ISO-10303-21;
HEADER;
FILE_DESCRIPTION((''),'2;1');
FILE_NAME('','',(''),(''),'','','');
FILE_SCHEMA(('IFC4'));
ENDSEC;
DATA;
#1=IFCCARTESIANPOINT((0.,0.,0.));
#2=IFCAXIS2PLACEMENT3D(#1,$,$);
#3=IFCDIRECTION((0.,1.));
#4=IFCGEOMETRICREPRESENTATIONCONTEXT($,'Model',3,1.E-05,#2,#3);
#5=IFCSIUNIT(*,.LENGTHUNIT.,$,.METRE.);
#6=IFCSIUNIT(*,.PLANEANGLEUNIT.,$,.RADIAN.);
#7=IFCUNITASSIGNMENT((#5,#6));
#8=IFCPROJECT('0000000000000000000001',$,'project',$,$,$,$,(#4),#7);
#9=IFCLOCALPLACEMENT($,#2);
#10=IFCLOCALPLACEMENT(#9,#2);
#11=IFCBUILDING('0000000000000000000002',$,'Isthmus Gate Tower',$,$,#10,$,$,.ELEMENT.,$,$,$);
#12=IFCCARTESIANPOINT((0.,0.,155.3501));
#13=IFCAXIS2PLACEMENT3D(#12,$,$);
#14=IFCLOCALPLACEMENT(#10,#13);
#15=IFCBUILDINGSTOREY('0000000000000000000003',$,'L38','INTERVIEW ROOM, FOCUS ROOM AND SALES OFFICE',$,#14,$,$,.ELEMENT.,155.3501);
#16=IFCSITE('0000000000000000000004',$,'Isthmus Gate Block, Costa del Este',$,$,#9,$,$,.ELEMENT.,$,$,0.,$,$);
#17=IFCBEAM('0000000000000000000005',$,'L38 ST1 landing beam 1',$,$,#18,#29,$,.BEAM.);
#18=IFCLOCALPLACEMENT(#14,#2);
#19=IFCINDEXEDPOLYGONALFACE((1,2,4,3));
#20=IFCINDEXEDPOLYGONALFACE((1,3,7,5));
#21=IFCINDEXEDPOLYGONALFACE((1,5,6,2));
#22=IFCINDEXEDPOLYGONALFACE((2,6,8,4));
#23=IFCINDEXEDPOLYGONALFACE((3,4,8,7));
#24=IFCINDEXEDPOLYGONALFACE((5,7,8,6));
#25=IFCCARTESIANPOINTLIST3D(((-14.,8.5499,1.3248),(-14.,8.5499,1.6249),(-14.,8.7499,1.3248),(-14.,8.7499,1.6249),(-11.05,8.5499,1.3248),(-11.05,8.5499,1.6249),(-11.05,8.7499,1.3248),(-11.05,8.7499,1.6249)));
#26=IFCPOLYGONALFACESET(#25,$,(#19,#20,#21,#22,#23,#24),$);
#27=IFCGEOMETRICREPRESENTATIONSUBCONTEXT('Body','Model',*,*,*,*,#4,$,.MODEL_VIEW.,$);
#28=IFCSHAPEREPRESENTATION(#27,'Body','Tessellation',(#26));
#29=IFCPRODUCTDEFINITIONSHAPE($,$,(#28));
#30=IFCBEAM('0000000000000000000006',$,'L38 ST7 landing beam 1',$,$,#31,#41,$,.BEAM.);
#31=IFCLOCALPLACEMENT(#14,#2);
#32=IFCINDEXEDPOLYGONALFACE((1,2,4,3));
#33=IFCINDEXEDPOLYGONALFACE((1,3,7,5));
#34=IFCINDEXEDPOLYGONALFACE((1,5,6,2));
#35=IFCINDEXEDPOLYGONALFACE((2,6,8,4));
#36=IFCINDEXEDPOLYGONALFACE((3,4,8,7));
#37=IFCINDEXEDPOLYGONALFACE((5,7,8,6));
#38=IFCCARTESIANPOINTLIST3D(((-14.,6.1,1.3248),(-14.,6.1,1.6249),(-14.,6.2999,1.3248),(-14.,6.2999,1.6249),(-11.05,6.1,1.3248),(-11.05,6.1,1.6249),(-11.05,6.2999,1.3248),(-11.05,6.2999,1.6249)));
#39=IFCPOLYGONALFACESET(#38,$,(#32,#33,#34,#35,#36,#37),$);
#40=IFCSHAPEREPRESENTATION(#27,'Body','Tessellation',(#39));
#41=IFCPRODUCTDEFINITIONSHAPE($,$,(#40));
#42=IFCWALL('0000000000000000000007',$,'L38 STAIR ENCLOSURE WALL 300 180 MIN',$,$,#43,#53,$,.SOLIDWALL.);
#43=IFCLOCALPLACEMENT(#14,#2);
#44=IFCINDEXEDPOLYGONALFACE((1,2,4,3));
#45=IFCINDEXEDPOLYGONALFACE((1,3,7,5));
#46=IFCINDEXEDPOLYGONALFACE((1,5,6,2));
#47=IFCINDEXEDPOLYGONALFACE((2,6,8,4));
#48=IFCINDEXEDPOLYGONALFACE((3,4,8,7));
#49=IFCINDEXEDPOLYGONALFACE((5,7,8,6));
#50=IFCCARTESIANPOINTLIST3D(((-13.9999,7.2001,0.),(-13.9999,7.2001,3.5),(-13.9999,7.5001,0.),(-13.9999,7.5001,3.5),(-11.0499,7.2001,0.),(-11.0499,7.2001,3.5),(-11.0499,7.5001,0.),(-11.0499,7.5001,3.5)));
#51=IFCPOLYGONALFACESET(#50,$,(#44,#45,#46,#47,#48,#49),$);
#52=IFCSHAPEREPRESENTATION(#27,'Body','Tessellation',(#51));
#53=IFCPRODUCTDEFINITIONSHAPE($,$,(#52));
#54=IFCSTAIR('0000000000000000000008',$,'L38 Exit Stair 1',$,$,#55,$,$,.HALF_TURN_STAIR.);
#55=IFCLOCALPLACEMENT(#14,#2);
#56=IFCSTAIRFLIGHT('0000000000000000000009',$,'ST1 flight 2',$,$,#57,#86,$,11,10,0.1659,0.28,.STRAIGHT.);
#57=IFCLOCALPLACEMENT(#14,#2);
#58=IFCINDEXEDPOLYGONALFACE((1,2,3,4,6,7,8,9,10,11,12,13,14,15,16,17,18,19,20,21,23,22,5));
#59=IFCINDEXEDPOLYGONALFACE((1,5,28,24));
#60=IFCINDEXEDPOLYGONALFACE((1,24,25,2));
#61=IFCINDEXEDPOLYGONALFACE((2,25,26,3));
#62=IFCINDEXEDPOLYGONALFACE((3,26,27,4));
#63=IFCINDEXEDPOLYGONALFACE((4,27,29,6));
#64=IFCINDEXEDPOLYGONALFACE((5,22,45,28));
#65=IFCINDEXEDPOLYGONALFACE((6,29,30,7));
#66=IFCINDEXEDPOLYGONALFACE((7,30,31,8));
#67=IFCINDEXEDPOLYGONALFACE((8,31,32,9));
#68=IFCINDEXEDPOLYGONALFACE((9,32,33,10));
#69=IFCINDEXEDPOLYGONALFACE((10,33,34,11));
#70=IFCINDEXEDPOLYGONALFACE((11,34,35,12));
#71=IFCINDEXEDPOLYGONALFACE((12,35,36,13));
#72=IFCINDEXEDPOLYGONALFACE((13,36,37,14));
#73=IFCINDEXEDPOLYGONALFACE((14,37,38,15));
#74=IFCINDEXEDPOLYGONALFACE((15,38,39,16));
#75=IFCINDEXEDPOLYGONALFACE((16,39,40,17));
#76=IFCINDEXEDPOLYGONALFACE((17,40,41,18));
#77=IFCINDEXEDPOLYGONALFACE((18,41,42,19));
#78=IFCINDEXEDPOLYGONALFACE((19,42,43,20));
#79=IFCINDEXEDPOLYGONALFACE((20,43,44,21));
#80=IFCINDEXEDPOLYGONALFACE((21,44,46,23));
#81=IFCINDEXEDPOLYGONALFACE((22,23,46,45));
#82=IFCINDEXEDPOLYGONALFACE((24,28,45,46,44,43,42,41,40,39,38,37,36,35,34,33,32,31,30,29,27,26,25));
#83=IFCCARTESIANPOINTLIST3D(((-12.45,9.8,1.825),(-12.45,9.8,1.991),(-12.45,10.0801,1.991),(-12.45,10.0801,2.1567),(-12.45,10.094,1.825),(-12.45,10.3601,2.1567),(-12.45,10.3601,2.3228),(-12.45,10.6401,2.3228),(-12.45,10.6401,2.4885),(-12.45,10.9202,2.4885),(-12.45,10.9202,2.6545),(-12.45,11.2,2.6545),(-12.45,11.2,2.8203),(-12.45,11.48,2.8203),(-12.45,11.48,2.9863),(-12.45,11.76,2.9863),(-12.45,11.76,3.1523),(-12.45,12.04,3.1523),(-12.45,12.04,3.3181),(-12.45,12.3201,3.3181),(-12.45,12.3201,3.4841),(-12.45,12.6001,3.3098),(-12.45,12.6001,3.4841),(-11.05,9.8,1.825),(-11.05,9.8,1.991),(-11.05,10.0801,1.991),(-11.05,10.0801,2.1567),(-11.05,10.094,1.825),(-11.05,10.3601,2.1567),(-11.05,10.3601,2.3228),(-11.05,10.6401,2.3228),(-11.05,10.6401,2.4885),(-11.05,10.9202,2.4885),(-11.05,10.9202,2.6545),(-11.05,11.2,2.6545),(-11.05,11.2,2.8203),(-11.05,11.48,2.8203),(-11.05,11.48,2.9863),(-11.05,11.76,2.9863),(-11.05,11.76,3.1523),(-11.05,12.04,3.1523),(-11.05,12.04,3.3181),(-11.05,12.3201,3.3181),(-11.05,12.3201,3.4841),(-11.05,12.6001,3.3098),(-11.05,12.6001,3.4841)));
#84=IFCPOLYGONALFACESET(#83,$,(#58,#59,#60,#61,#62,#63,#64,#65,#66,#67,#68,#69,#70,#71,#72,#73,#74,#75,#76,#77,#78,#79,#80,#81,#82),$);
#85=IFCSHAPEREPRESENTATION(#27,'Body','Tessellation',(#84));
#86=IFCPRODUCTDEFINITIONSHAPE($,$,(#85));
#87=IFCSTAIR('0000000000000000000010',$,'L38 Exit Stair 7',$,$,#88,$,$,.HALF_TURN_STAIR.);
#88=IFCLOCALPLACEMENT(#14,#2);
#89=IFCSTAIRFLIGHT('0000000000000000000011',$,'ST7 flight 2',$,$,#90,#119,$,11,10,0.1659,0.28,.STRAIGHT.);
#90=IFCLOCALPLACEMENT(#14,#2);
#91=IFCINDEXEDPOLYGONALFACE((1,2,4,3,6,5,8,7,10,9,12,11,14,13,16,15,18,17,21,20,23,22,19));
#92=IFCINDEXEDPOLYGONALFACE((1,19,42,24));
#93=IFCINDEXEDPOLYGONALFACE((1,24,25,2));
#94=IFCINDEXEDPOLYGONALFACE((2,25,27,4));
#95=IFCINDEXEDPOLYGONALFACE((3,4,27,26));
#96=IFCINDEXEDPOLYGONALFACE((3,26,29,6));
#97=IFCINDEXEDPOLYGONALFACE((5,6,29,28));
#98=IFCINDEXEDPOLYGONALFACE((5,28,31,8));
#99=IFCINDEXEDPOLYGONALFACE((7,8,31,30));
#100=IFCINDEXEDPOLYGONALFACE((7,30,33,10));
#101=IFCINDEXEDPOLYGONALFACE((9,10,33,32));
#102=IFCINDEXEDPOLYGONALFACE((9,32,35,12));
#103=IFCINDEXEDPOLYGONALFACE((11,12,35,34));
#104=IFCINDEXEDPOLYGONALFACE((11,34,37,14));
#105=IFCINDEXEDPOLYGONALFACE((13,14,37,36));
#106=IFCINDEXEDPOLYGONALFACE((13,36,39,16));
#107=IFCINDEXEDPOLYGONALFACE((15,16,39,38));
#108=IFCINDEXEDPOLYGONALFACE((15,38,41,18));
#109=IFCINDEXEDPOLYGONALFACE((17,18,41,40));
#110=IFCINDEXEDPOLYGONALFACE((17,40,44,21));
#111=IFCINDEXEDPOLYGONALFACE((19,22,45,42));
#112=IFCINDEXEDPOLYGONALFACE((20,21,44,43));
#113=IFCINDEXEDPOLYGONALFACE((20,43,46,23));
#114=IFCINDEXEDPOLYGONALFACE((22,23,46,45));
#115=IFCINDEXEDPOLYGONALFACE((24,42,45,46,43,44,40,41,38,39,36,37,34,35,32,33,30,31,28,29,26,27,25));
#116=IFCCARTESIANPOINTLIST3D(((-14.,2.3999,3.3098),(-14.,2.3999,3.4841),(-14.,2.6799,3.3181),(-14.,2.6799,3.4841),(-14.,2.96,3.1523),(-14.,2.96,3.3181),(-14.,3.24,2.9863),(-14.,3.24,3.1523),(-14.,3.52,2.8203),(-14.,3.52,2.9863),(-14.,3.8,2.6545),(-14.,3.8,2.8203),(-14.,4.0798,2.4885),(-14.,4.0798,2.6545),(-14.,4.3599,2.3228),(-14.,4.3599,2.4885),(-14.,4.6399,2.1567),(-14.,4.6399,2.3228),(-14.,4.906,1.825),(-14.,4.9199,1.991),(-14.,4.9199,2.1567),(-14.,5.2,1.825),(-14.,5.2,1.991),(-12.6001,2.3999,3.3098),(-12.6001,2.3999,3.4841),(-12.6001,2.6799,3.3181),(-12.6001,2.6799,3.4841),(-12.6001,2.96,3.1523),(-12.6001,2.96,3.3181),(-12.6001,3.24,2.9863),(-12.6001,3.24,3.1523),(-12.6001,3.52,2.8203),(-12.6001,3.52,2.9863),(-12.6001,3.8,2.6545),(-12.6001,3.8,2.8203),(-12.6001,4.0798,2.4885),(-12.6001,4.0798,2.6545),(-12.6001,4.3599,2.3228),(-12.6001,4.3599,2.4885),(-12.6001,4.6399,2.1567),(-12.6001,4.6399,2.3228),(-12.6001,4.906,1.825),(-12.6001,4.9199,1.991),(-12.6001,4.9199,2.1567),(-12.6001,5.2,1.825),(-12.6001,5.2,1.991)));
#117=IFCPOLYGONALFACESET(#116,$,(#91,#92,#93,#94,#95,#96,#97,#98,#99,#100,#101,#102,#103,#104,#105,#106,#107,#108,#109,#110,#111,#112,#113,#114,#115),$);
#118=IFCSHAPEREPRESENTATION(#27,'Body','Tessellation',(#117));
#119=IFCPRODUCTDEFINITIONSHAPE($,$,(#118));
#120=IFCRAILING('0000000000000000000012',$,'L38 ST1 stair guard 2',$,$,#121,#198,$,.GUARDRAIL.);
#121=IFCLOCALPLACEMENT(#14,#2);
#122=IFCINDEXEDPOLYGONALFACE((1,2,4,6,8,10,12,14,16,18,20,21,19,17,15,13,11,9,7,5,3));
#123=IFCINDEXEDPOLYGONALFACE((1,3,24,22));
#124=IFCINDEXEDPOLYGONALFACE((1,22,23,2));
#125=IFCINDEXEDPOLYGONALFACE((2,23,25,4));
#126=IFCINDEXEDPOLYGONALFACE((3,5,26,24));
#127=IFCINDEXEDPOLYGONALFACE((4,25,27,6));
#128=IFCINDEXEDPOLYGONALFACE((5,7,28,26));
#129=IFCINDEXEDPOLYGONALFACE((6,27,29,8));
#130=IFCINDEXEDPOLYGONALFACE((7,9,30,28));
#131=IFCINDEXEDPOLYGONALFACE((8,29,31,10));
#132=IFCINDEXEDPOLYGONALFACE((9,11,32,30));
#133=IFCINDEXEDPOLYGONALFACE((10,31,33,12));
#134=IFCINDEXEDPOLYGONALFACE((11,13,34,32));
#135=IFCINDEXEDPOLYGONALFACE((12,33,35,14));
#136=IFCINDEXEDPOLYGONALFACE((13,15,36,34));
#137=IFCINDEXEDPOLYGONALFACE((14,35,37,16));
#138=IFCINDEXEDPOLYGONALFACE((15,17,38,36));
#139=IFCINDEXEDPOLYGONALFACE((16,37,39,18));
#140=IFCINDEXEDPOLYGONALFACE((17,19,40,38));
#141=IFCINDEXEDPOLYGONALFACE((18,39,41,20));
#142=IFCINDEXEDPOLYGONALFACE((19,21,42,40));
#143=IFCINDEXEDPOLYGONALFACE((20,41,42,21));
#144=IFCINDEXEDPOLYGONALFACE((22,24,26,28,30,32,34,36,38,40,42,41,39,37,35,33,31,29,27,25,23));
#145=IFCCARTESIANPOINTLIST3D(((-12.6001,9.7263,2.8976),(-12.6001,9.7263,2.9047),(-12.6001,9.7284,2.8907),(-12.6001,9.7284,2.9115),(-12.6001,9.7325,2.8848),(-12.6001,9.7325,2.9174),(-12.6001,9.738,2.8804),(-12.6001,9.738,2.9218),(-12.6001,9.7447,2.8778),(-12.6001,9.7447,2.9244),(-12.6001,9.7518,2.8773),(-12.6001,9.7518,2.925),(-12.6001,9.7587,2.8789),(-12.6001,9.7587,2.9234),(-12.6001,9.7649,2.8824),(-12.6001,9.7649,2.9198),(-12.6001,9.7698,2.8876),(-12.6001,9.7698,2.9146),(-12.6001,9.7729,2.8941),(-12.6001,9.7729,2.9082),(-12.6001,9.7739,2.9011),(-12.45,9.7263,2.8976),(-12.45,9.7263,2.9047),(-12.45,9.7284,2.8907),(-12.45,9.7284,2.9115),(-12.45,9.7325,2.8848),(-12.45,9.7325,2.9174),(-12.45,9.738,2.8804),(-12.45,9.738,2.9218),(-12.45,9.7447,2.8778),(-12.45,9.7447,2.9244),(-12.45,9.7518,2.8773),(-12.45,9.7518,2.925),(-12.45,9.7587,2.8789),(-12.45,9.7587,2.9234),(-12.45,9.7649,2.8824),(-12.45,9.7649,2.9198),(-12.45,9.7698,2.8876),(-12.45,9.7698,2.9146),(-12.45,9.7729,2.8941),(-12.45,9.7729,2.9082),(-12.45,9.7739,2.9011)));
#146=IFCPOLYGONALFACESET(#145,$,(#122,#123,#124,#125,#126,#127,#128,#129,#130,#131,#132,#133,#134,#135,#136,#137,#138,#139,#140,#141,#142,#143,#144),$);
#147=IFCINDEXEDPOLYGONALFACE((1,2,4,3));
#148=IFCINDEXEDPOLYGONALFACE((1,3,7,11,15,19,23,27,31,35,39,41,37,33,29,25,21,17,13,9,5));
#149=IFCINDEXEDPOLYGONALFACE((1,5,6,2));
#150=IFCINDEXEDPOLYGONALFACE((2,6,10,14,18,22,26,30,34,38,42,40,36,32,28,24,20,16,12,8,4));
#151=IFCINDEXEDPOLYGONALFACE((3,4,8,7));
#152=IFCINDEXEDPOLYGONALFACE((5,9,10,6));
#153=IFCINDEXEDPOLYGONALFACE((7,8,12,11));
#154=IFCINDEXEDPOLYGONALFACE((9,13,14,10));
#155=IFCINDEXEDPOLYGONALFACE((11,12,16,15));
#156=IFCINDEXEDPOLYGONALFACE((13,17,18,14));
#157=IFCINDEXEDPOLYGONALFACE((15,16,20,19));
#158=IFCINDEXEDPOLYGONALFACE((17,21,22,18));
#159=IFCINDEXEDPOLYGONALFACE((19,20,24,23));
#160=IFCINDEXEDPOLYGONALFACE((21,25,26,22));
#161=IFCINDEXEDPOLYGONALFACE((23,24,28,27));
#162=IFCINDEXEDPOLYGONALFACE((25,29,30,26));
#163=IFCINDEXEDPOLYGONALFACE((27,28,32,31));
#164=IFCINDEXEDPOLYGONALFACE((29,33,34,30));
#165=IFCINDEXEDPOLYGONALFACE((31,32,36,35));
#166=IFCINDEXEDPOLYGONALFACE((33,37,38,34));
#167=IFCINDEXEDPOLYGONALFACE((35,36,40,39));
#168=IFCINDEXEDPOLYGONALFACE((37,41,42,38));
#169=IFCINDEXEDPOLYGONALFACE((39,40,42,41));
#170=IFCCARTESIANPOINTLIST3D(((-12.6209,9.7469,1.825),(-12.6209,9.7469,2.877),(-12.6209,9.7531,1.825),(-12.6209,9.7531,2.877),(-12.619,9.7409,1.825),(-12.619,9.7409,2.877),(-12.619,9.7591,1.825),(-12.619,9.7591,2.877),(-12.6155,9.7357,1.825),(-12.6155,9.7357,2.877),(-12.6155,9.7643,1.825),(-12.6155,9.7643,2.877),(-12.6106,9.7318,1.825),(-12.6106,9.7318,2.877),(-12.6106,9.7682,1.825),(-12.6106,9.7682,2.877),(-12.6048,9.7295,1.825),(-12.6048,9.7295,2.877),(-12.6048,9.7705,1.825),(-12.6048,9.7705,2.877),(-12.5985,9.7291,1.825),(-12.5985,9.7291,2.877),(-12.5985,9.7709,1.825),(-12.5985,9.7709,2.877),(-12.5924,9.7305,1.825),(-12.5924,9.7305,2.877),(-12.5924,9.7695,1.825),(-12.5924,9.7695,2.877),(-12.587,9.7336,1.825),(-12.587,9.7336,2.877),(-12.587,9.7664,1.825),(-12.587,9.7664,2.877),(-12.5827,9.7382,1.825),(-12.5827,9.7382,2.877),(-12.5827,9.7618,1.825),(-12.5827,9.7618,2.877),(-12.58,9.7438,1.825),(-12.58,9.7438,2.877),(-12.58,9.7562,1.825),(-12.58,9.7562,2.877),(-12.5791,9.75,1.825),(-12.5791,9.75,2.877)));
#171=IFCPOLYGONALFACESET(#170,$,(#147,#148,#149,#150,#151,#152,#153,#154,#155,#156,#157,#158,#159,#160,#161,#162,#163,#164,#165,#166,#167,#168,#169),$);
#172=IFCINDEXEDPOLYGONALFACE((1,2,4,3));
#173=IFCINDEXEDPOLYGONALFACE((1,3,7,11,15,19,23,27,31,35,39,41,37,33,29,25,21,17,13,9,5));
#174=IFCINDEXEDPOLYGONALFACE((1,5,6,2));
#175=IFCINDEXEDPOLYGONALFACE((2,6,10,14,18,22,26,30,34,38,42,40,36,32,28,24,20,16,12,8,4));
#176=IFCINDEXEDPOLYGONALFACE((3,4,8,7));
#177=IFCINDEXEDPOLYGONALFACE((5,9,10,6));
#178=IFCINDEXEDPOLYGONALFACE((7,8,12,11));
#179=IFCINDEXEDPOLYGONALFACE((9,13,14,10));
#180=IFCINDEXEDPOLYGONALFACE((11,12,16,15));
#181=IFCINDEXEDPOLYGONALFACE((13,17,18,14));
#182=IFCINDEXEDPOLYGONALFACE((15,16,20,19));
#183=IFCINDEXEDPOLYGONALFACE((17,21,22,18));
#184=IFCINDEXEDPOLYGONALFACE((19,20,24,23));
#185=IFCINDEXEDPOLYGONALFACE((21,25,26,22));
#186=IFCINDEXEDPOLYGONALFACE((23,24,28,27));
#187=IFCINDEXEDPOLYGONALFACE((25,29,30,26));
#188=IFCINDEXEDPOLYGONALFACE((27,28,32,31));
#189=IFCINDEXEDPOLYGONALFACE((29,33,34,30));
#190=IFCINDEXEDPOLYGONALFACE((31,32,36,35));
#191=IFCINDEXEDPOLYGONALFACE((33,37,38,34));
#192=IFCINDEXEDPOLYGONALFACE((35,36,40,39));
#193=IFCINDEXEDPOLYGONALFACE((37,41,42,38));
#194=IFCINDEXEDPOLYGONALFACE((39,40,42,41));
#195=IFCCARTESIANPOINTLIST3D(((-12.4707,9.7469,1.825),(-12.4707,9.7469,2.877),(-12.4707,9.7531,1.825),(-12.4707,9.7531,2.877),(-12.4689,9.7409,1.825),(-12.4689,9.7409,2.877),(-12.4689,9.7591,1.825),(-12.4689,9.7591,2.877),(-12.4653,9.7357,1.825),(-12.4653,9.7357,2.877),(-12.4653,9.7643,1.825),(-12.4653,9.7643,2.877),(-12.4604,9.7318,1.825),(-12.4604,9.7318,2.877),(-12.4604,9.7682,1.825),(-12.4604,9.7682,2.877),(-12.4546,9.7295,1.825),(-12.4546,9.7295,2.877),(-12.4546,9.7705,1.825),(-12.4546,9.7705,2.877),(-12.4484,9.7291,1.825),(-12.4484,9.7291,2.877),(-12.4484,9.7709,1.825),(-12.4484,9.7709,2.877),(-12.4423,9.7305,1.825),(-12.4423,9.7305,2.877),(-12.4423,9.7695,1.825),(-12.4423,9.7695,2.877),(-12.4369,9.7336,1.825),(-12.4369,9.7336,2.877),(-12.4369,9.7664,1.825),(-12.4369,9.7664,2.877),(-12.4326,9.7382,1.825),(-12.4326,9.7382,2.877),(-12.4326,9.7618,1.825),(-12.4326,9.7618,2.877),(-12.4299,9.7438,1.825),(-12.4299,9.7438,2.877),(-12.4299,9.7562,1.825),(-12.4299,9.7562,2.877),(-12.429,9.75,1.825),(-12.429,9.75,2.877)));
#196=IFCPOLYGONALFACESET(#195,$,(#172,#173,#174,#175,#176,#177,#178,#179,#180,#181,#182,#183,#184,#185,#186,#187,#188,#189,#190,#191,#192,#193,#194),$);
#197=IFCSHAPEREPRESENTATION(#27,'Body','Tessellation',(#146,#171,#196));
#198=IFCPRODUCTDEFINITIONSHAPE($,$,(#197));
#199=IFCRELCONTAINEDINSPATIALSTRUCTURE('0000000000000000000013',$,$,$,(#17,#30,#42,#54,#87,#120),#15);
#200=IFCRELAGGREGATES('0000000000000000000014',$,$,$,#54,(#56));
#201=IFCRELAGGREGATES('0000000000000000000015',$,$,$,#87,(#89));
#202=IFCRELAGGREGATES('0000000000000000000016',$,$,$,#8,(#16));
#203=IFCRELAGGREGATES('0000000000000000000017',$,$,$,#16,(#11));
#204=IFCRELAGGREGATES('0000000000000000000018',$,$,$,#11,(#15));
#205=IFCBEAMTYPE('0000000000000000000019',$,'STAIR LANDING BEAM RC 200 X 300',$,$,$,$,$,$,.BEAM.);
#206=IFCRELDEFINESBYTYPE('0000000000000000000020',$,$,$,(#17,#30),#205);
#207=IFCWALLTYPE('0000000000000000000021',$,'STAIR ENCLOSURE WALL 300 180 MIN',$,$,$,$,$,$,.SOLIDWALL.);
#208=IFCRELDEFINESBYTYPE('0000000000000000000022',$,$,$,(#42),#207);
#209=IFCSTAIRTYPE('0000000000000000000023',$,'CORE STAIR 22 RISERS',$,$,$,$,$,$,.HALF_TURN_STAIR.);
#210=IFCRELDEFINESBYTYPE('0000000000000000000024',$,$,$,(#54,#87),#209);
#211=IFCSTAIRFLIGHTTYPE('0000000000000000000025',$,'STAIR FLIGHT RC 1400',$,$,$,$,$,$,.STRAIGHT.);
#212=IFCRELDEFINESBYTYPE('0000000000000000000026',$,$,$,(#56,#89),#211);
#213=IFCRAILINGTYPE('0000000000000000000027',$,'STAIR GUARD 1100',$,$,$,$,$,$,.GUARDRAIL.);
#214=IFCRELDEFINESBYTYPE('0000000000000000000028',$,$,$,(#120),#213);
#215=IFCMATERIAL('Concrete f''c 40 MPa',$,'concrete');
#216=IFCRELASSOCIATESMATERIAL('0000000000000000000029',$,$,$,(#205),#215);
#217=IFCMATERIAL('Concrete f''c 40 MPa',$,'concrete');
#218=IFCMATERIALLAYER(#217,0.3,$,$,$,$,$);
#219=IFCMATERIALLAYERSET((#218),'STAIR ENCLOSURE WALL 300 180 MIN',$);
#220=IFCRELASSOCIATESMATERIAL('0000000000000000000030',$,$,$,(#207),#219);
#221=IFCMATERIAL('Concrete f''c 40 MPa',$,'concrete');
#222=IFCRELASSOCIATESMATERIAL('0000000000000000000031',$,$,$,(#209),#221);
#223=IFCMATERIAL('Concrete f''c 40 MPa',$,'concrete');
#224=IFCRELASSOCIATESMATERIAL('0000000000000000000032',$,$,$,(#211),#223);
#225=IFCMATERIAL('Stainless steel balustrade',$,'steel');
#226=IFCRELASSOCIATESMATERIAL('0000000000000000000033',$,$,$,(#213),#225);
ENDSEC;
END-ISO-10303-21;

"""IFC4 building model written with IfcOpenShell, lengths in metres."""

from ifc_helpers import new_model, si_unit, direction, frame, frame_2d, origin, origin_2d, place, context, subcontext, project, spatial, polyline, rectangle, circle, outline, extrude, material, layer, layer_set, material_profile, profile_set, type_object, element, aggregate, save


model = new_model("IFC4")

# Units and contexts
model_context = context("Model", 3, precision=1e-05, world=origin(), true_north=direction((0.0, 1.0)))
body_context = subcontext(model_context, "Body", "Model", "MODEL_VIEW")
ifc_project = project(units=[si_unit("LENGTHUNIT", "METRE"), si_unit("PLANEANGLEUNIT", "RADIAN")], contexts=[model_context])

# Site, building, storey
site_placement = place(None, origin())
site = spatial("IfcSite", under=ifc_project, at=site_placement, Name="Isthmus Gate Block, Costa del Este", CompositionType="ELEMENT", RefElevation=0.0)
building_placement = place(site_placement, origin())
building = spatial("IfcBuilding", under=site, at=building_placement, Name="Isthmus Gate Tower", CompositionType="ELEMENT")
storey_placement = place(building_placement, frame((0.0, 0.0, 155.3501)))
storey = spatial("IfcBuildingStorey", under=building, at=storey_placement, Name="L38", Description="INTERVIEW ROOM, FOCUS ROOM AND SALES OFFICE", CompositionType="ELEMENT", Elevation=155.3501)

# Beams
ifc_material_1 = material(Name="Concrete f'c 40 MPa", Category="concrete")
ifc_material_profile = material_profile(ifc_material_1, rectangle(XDim=0.2, YDim=0.3, at=origin_2d()), Name="STAIR LANDING BEAM RC 200 X 300")
ifc_profile_set = profile_set([ifc_material_profile], Name="Concrete f'c 40 MPa")
beam_type = type_object("IfcBeamType", Name="STAIR LANDING BEAM RC 200 X 300", PredefinedType="BEAM", material=ifc_profile_set)
for number, where, z_axis, x_axis, name in (
    (1, (-14.0, 8.6499, 1.4749), (1.0, 0.0, 0.0), (0.0, 1.0, 0.0), "L38 ST1 landing beam 1"),
    (2, (-14.0, 6.2, 1.4749), (1.0, 0.0, 0.0), (0.0, 1.0, 0.0), "L38 ST7 landing beam 1"),
):
    element("IfcBeam", number, at=place(storey_placement, frame(where, z_axis=z_axis, x_axis=x_axis)), inside=storey, type_object=beam_type, Name=name, PredefinedType="BEAM", context=body_context, shape_type="SweptSolid", body=[
        extrude(rectangle(XDim=0.2, YDim=0.3, at=origin_2d()), origin(), (0.0, 0.0, 1.0), 2.95),
    ])

# Wall
ifc_material_2 = material(Name="Concrete f'c 40 MPa", Category="concrete")
ifc_layer = layer(ifc_material_2, 0.3)
ifc_layer_set = layer_set([ifc_layer], Name="STAIR ENCLOSURE WALL 300 180 MIN")
wall_type = type_object("IfcWallType", Name="STAIR ENCLOSURE WALL 300 180 MIN", PredefinedType="SOLIDWALL", material=ifc_layer_set)
wall_placement = place(storey_placement, frame((-14.0, 7.3501, 0.0), z_axis=(0.0, 0.0, 1.0), x_axis=(1.0, 0.0, 0.0)))
element("IfcWall", 3, at=wall_placement, inside=storey, type_object=wall_type, Name="L38 STAIR ENCLOSURE WALL 300 180 MIN", PredefinedType="SOLIDWALL", context=body_context, shape_type="SweptSolid", body=[
    extrude(rectangle(XDim=2.95, YDim=0.3, at=frame_2d((1.4751, 0.0))), origin(), (0.0, 0.0, 1.0), 3.5),
])

# Stairs, stair flights
ifc_material_3 = material(Name="Concrete f'c 40 MPa", Category="concrete")
stair_type = type_object("IfcStairType", Name="CORE STAIR 22 RISERS", PredefinedType="HALF_TURN_STAIR", material=ifc_material_3)
stair_1_placement = place(storey_placement, origin())
stair_1 = element("IfcStair", 4, at=stair_1_placement, inside=storey, type_object=stair_type, Name="L38 Exit Stair 1", PredefinedType="HALF_TURN_STAIR")
ifc_material_4 = material(Name="Concrete f'c 40 MPa", Category="concrete")
stair_flight_type = type_object("IfcStairFlightType", Name="STAIR FLIGHT RC 1400", PredefinedType="STRAIGHT", material=ifc_material_4)
stair_flight_1_placement = place(storey_placement, frame((-11.75, 9.8, 1.825), z_axis=(0.0, 0.0, 1.0), x_axis=(0.0, 1.0, 0.0)))
stair_flight_1 = element("IfcStairFlight", 5, at=stair_flight_1_placement, type_object=stair_flight_type, Name="ST1 flight 2", NumberOfRisers=11, NumberOfTreads=10, PredefinedType="STRAIGHT", RiserHeight=0.1659, TreadLength=0.28, context=body_context, shape_type="SweptSolid", body=[
    extrude(outline(polyline([(0.0, 0.0), (0.0, 0.166), (0.28, 0.166), (0.28, 0.3318), (0.5601, 0.3318), (0.5601, 0.4978), (0.8401, 0.4978), (0.8401, 0.6636), (1.1201, 0.6636), (1.1201, 0.8296), (1.3999, 0.8296), (1.3999, 0.9954), (1.6799, 0.9954), (1.6799, 1.1614), (1.96, 1.1614), (1.96, 1.3274), (2.24, 1.3274), (2.24, 1.4932), (2.52, 1.4932), (2.52, 1.6592), (2.8, 1.6592), (2.8, 1.825), (2.8, 1.4849), (0.2939, 0.0), (0.0, 0.0)])), frame((0.0, 0.7, 0.0), z_axis=(0.0, -1.0, 0.0), x_axis=(1.0, 0.0, 0.0)), (0.0, 0.0, 1.0), 1.3999),
])
aggregate(stair_1, [stair_flight_1])
stair_2_placement = place(storey_placement, origin())
stair_2 = element("IfcStair", 6, at=stair_2_placement, inside=storey, type_object=stair_type, Name="L38 Exit Stair 7", PredefinedType="HALF_TURN_STAIR")
stair_flight_2_placement = place(storey_placement, frame((-13.3, 5.2, 1.825), z_axis=(0.0, 0.0, 1.0), x_axis=(0.0, -1.0, 0.0)))
stair_flight_2 = element("IfcStairFlight", 7, at=stair_flight_2_placement, type_object=stair_flight_type, Name="ST7 flight 2", NumberOfRisers=11, NumberOfTreads=10, PredefinedType="STRAIGHT", RiserHeight=0.1659, TreadLength=0.28, context=body_context, shape_type="SweptSolid", body=[
    extrude(outline(polyline([(0.0, 0.0), (0.0, 0.166), (0.28, 0.166), (0.28, 0.3318), (0.5601, 0.3318), (0.5601, 0.4978), (0.8401, 0.4978), (0.8401, 0.6636), (1.1201, 0.6636), (1.1201, 0.8296), (1.3999, 0.8296), (1.3999, 0.9954), (1.6799, 0.9954), (1.6799, 1.1614), (1.96, 1.1614), (1.96, 1.3274), (2.24, 1.3274), (2.24, 1.4932), (2.52, 1.4932), (2.52, 1.6592), (2.8, 1.6592), (2.8, 1.825), (2.8, 1.4849), (0.2939, 0.0), (0.0, 0.0)])), frame((0.0, 0.7, 0.0), z_axis=(0.0, -1.0, 0.0), x_axis=(1.0, 0.0, 0.0)), (0.0, 0.0, 1.0), 1.3999),
])
aggregate(stair_2, [stair_flight_2])

# Railing
ifc_material_5 = material(Name="Stainless steel balustrade", Category="steel")
railing_type_1 = type_object("IfcRailingType", Name="STAIR GUARD 1100", PredefinedType="GUARDRAIL", material=ifc_material_5)
railing_1_placement = place(storey_placement, frame((-12.6001, 9.75, 1.825)))
element("IfcRailing", 8, at=railing_1_placement, inside=storey, type_object=railing_type_1, Name="L38 ST1 stair guard 2", PredefinedType="GUARDRAIL", context=body_context, shape_type="SweptSolid", body=[
    extrude(circle(Radius=0.0239, at=origin_2d()), frame((0.0, 0.0, 1.0762), z_axis=(1.0, 0.0, 0.0), x_axis=(0.0, 1.0, 0.0)), (0.0, 0.0, 1.0), 0.1501),
    extrude(circle(Radius=0.021, at=origin_2d()), origin(), (0.0, 0.0, 1.0), 1.052),
    extrude(circle(Radius=0.021, at=origin_2d()), frame((0.1501, 0.0, 0.0)), (0.0, 0.0, 1.0), 1.052),
])

save(model, "model.ifc")
